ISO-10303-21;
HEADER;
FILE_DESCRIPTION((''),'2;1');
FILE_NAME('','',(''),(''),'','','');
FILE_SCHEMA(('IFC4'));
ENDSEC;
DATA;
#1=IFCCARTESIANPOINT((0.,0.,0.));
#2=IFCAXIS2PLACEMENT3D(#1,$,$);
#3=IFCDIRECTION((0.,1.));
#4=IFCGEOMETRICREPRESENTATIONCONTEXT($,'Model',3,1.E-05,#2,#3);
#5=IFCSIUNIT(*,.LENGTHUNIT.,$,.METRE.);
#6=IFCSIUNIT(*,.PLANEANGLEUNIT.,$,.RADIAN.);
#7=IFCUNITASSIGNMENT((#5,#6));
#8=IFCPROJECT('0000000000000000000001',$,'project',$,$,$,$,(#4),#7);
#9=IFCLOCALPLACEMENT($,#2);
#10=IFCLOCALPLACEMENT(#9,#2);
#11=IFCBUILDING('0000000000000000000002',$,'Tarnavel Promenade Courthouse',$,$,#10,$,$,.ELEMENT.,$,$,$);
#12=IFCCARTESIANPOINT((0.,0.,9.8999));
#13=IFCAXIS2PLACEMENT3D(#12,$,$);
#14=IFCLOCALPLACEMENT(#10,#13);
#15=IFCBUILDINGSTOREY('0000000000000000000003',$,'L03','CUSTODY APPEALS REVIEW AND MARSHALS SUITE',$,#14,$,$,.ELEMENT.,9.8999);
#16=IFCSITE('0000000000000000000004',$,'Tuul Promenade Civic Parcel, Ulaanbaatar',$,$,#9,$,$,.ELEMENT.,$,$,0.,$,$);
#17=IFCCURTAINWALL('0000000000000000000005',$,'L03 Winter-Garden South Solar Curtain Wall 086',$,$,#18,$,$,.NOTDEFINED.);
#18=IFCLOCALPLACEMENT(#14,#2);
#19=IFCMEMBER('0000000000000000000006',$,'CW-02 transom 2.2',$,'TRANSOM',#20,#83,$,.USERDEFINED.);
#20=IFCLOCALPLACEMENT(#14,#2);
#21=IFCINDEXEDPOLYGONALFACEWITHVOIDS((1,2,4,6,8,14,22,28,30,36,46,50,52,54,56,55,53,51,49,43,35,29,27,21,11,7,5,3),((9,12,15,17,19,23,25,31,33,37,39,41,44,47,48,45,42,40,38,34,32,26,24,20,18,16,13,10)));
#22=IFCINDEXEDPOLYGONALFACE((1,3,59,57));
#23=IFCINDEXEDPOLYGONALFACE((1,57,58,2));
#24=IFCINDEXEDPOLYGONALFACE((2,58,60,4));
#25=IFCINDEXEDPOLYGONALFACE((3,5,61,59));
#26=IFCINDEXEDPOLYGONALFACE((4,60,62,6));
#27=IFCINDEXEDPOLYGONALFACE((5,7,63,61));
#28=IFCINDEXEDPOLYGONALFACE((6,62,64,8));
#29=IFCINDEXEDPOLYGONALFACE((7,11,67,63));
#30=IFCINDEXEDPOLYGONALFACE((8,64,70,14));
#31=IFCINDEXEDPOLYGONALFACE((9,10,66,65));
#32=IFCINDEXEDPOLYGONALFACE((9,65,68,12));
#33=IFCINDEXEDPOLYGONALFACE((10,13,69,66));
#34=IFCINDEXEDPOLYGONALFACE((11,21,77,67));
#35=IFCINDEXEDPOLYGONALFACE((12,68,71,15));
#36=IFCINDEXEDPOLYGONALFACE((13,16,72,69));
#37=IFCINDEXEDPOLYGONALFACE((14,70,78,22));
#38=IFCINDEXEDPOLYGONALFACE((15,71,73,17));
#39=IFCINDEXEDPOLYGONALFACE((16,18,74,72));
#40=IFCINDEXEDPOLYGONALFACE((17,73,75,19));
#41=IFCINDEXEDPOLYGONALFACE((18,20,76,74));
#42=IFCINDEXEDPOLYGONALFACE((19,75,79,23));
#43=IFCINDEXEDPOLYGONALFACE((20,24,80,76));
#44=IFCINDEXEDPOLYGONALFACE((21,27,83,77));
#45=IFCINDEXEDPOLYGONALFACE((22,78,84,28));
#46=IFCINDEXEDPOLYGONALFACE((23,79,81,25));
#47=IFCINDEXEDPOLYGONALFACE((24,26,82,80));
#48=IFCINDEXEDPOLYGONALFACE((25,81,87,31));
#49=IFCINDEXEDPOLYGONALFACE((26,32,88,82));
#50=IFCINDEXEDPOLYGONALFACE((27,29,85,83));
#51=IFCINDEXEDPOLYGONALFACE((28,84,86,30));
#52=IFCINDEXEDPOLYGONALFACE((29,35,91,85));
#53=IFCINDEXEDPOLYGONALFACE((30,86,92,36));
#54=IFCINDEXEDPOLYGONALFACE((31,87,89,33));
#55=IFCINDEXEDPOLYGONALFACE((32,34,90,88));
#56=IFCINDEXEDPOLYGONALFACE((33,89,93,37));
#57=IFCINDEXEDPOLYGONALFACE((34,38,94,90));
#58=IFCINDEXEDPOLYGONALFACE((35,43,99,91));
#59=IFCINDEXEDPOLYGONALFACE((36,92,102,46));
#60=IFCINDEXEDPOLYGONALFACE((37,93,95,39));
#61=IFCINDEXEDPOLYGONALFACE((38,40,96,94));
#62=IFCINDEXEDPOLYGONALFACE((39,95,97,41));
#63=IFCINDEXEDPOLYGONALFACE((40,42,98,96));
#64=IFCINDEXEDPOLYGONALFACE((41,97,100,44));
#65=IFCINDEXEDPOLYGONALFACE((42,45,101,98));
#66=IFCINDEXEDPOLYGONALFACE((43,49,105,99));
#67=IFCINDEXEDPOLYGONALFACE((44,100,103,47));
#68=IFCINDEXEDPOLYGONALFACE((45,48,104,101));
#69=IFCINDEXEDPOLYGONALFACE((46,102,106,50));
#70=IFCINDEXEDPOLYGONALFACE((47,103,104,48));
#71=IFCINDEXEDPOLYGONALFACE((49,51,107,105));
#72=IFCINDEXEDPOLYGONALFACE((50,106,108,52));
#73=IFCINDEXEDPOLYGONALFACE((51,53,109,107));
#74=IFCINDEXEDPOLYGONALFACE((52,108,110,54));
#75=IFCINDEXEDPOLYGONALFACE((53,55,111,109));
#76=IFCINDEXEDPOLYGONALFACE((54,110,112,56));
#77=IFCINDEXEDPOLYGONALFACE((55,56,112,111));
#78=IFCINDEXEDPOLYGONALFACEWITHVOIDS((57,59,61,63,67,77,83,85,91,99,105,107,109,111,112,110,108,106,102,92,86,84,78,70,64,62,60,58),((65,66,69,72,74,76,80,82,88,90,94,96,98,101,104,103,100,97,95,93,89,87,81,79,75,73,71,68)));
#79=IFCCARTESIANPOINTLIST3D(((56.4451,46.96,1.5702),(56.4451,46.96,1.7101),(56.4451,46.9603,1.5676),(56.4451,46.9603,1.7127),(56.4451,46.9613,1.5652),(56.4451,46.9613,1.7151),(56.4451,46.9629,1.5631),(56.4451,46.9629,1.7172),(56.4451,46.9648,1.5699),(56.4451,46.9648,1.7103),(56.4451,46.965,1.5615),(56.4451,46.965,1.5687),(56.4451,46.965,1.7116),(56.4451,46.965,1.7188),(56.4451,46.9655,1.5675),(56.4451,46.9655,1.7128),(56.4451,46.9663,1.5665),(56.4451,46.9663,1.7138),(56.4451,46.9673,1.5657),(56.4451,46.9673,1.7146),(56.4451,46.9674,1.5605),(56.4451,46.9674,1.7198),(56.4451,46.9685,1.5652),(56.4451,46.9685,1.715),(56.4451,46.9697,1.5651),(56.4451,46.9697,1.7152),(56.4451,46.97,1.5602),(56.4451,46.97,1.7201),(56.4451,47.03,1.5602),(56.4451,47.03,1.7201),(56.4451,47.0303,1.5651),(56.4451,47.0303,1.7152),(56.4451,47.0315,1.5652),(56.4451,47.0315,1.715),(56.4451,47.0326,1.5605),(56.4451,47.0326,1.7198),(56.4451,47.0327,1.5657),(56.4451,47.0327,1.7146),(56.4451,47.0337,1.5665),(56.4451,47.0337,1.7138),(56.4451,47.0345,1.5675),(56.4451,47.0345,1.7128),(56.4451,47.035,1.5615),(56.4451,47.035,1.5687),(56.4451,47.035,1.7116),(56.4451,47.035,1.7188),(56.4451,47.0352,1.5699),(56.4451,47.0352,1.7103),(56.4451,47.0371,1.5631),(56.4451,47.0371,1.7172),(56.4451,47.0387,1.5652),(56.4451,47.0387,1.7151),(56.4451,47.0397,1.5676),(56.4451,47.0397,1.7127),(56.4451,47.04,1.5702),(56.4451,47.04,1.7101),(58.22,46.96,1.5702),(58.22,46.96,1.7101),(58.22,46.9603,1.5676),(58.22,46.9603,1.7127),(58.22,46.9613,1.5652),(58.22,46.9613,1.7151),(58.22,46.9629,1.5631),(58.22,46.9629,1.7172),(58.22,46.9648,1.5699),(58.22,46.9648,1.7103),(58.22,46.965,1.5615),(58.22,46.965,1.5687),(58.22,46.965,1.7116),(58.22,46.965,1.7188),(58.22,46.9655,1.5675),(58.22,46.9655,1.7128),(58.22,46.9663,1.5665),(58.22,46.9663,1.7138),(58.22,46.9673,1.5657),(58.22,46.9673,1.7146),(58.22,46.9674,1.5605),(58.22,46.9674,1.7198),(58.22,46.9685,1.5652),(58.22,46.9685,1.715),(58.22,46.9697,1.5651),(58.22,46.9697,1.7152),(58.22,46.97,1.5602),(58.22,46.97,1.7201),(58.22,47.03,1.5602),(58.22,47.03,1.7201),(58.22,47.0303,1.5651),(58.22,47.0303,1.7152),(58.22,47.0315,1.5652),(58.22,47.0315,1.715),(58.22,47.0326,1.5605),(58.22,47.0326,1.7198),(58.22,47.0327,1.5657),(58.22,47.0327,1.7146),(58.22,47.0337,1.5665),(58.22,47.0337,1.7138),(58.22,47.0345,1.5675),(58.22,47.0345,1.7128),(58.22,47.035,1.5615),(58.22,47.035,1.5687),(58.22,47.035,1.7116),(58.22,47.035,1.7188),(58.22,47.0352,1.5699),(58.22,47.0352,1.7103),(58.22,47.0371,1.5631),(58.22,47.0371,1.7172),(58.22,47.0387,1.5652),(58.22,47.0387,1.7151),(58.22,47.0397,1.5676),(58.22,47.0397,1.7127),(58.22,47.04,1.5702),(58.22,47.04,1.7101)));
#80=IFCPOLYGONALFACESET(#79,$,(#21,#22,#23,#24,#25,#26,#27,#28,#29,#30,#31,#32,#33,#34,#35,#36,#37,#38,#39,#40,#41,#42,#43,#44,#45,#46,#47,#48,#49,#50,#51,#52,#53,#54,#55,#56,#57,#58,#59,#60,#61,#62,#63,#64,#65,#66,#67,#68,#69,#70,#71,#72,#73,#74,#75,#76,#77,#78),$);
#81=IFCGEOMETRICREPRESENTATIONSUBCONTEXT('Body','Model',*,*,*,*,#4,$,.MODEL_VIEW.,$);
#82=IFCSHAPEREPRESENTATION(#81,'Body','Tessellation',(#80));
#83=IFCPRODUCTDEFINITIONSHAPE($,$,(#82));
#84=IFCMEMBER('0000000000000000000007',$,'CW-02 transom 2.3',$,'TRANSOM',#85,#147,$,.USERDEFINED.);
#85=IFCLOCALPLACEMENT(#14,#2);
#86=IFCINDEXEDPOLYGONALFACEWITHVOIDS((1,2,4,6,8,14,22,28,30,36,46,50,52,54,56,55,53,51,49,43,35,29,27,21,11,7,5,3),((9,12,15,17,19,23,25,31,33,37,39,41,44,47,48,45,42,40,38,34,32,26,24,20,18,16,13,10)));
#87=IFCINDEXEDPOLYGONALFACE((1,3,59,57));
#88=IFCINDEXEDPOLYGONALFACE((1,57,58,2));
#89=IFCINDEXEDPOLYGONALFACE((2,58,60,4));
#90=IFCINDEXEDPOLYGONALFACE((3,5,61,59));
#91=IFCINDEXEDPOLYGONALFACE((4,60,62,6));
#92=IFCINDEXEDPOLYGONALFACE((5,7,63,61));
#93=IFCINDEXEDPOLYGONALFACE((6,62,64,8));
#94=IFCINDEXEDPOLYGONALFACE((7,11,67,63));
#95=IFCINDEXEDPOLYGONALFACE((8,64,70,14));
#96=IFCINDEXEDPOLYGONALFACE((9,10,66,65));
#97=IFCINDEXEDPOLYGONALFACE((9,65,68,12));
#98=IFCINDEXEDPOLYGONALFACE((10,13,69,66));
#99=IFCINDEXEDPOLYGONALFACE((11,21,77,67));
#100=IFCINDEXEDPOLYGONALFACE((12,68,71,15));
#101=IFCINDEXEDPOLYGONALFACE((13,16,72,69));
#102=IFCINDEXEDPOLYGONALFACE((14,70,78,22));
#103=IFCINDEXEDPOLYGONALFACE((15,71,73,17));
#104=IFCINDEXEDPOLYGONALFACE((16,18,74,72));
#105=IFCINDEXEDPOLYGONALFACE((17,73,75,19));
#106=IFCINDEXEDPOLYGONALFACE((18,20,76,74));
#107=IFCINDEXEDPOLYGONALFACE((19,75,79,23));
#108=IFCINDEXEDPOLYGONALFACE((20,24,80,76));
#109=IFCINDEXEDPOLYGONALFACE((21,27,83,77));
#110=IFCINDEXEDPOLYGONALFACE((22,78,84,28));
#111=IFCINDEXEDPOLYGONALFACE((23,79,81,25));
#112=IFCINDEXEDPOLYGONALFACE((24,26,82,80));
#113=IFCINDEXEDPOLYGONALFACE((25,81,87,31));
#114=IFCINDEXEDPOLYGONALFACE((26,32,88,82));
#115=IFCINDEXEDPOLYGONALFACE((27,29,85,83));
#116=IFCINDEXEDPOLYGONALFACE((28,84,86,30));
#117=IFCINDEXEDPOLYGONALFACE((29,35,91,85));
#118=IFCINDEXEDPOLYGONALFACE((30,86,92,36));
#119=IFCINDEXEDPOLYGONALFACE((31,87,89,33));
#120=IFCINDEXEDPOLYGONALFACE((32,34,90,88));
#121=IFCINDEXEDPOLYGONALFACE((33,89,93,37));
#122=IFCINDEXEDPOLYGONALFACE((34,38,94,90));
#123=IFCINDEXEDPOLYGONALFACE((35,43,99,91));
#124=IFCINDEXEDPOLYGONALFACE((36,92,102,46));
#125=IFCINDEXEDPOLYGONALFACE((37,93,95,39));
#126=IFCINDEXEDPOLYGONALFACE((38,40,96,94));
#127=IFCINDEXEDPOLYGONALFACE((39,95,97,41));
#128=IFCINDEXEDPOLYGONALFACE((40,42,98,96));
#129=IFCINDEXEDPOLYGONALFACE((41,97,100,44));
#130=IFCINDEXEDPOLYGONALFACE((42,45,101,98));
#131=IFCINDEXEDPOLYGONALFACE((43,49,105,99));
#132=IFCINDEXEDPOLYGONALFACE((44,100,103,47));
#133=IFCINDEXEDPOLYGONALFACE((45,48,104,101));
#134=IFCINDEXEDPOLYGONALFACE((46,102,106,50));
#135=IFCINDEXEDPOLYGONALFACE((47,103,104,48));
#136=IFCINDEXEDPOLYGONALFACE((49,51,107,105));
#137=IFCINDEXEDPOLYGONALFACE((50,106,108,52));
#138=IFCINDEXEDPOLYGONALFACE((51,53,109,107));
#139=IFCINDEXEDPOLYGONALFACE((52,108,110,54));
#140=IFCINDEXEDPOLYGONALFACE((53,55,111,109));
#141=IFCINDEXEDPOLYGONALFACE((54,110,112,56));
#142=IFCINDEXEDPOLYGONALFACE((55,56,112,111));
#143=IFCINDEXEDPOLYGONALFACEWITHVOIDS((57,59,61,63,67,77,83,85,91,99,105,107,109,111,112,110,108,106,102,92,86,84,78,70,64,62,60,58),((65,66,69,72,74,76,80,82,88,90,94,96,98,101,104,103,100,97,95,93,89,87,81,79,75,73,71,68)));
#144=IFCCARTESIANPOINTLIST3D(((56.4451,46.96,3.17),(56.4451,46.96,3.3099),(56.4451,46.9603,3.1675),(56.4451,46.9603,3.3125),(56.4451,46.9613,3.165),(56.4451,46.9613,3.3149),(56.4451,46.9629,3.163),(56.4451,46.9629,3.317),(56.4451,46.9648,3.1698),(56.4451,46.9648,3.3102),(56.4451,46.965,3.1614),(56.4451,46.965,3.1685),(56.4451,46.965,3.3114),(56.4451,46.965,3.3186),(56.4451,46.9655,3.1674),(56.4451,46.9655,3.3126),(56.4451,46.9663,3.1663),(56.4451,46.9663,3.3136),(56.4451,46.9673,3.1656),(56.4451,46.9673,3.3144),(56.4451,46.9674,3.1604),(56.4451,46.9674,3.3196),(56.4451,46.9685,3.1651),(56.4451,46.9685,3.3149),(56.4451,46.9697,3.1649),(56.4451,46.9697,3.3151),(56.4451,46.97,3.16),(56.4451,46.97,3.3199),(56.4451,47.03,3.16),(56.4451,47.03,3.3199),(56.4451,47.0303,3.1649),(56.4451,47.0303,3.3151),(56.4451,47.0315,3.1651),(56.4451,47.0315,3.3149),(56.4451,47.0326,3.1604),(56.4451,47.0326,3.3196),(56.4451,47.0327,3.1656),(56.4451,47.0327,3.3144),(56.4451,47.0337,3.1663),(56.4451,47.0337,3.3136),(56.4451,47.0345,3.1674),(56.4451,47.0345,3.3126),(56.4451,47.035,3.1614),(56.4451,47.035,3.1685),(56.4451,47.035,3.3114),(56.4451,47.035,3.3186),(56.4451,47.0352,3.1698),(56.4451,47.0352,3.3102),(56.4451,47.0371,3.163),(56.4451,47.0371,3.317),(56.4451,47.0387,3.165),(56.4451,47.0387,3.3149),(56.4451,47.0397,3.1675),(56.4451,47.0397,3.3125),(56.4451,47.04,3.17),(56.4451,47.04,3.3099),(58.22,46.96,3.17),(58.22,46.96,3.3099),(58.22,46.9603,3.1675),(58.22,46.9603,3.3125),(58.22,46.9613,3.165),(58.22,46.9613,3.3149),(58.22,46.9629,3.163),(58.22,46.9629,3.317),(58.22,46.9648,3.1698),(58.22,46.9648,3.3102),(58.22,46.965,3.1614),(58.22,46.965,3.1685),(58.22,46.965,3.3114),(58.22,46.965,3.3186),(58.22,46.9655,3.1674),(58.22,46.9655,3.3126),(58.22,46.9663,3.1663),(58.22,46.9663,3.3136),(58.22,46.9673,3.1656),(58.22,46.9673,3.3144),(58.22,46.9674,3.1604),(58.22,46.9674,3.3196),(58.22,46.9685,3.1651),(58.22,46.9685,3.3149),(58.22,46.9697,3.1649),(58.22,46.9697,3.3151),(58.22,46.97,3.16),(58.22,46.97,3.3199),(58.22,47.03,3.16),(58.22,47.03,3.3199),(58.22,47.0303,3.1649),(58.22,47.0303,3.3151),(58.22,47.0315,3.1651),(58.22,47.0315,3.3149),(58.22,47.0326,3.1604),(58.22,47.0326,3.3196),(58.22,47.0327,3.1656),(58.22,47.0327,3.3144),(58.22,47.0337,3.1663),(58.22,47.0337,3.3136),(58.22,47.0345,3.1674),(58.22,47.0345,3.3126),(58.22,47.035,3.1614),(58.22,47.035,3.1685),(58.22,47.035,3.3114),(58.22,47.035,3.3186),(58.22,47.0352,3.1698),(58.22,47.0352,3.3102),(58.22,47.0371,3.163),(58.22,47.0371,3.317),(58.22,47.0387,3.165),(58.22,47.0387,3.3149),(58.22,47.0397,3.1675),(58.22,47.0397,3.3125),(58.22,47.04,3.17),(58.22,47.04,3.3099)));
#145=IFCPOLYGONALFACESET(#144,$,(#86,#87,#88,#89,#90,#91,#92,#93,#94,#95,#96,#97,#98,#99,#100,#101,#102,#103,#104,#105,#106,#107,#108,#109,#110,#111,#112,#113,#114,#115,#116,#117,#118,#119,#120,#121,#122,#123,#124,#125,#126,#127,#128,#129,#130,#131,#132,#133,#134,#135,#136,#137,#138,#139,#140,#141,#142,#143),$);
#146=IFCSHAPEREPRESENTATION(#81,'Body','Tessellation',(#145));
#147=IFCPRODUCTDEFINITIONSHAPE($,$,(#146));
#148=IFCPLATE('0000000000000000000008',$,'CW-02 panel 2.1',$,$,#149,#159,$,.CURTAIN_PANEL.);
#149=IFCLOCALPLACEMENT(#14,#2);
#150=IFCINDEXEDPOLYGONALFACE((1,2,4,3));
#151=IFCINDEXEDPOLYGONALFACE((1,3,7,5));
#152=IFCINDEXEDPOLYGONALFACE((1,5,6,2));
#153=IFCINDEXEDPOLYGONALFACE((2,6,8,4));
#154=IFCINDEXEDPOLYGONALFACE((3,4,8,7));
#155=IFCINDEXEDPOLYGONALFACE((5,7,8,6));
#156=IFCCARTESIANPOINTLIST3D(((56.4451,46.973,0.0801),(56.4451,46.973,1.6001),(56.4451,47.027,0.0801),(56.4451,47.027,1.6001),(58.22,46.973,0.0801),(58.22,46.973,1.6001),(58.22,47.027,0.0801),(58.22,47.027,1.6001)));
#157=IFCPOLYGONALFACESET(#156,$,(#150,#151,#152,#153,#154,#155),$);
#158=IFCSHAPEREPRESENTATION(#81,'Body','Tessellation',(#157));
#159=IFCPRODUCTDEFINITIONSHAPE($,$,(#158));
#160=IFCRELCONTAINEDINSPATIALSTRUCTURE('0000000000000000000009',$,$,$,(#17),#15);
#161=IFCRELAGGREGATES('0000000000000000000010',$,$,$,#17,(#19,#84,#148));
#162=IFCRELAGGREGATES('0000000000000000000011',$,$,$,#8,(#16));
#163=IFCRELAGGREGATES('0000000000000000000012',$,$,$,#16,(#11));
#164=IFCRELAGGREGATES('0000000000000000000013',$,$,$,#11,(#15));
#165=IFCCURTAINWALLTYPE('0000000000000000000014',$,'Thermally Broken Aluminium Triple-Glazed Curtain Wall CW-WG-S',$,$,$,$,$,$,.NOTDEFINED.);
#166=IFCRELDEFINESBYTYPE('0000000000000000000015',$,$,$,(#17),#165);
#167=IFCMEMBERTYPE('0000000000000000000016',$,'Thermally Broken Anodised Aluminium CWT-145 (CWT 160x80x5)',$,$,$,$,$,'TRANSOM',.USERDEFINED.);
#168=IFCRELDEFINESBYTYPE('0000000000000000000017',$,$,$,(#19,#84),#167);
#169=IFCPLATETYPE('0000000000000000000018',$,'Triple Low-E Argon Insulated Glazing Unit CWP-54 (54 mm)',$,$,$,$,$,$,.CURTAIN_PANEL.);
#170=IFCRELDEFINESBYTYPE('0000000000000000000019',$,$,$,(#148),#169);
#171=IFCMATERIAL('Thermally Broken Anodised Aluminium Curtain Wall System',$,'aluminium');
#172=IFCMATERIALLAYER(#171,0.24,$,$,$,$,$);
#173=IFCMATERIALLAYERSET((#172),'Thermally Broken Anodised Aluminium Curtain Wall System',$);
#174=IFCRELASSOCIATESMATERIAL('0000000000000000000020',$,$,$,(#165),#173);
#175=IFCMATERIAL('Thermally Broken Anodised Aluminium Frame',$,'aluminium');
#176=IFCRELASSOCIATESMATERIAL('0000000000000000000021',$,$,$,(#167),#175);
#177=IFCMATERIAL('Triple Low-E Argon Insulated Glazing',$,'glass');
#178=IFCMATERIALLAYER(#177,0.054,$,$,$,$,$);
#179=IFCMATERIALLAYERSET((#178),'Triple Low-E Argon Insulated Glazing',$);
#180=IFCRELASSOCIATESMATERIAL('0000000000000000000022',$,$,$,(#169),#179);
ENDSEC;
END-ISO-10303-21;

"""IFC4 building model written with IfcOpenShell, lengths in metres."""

from ifc_helpers import new_model, si_unit, direction, frame, origin, origin_2d, place, context, subcontext, project, spatial, rectangle, hollow_rectangle, extrude, material, layer, layer_set, material_profile, profile_set, type_object, element, aggregate, save


model = new_model("IFC4")

# Units and contexts
model_context = context("Model", 3, precision=1e-05, world=origin(), true_north=direction((0.0, 1.0)))
body_context = subcontext(model_context, "Body", "Model", "MODEL_VIEW")
ifc_project = project(units=[si_unit("LENGTHUNIT", "METRE"), si_unit("PLANEANGLEUNIT", "RADIAN")], contexts=[model_context])

# Site, building, storey
site_placement = place(None, origin())
site = spatial("IfcSite", under=ifc_project, at=site_placement, Name="Tuul Promenade Civic Parcel, Ulaanbaatar", CompositionType="ELEMENT", RefElevation=0.0)
building_placement = place(site_placement, origin())
building = spatial("IfcBuilding", under=site, at=building_placement, Name="Tarnavel Promenade Courthouse", CompositionType="ELEMENT")
storey_placement = place(building_placement, frame((0.0, 0.0, 9.8999)))
storey = spatial("IfcBuildingStorey", under=building, at=storey_placement, Name="L03", Description="CUSTODY APPEALS REVIEW AND MARSHALS SUITE", CompositionType="ELEMENT", Elevation=9.8999)

# Curtain wall, members, plate
ifc_material_1 = material(Name="Thermally Broken Anodised Aluminium Curtain Wall System", Category="aluminium")
ifc_layer_1 = layer(ifc_material_1, 0.24)
ifc_layer_set_1 = layer_set([ifc_layer_1], Name="Thermally Broken Anodised Aluminium Curtain Wall System")
curtain_wall_type = type_object("IfcCurtainWallType", Name="Thermally Broken Aluminium Triple-Glazed Curtain Wall CW-WG-S", PredefinedType="NOTDEFINED", material=ifc_layer_set_1)
curtain_wall_placement = place(storey_placement, origin())
curtain_wall = element("IfcCurtainWall", 1, at=curtain_wall_placement, inside=storey, type_object=curtain_wall_type, Name="L03 Winter-Garden South Solar Curtain Wall 086", PredefinedType="NOTDEFINED")
ifc_material_2 = material(Name="Thermally Broken Anodised Aluminium Frame", Category="aluminium")
ifc_material_profile_1 = material_profile(ifc_material_2, hollow_rectangle(XDim=0.0801, YDim=0.1599, WallThickness=0.0049, InnerFilletRadius=0.0049, OuterFilletRadius=0.01, at=origin_2d()), Name="CWT 160x80x5")
ifc_profile_set_1 = profile_set([ifc_material_profile_1], Name="Thermally Broken Anodised Aluminium Frame")
member_type_1 = type_object("IfcMemberType", Name="Thermally Broken Anodised Aluminium CWT-145 (CWT 160x80x5)", ElementType="TRANSOM", PredefinedType="USERDEFINED", material=ifc_profile_set_1)
member_1_placement = place(storey_placement, frame((56.4451, 47.0, 1.6401), z_axis=(1.0, 0.0, 0.0), x_axis=(0.0, 1.0, 0.0)))
member_1 = element("IfcMember", 2, at=member_1_placement, type_object=member_type_1, Name="CW-02 transom 2.2", ObjectType="TRANSOM", PredefinedType="USERDEFINED", context=body_context, shape_type="SweptSolid", body=[
    extrude(hollow_rectangle(XDim=0.0801, YDim=0.1599, WallThickness=0.0049, InnerFilletRadius=0.0049, OuterFilletRadius=0.01, at=origin_2d()), origin(), (0.0, 0.0, 1.0), 1.7749),
])
member_2_placement = place(storey_placement, frame((56.4451, 47.0, 3.24), z_axis=(1.0, 0.0, 0.0), x_axis=(0.0, 1.0, 0.0)))
member_2 = element("IfcMember", 3, at=member_2_placement, type_object=member_type_1, Name="CW-02 transom 2.3", ObjectType="TRANSOM", PredefinedType="USERDEFINED", context=body_context, shape_type="SweptSolid", body=[
    extrude(hollow_rectangle(XDim=0.0801, YDim=0.1599, WallThickness=0.0049, InnerFilletRadius=0.0049, OuterFilletRadius=0.01, at=origin_2d()), origin(), (0.0, 0.0, 1.0), 1.7749),
])
ifc_material_3 = material(Name="Triple Low-E Argon Insulated Glazing", Category="glass")
ifc_layer_2 = layer(ifc_material_3, 0.054)
ifc_layer_set_2 = layer_set([ifc_layer_2], Name="Triple Low-E Argon Insulated Glazing")
plate_type = type_object("IfcPlateType", Name="Triple Low-E Argon Insulated Glazing Unit CWP-54 (54 mm)", PredefinedType="CURTAIN_PANEL", material=ifc_layer_set_2)
plate_placement = place(storey_placement, frame((57.3325, 47.0, 0.0801), z_axis=(0.0, 0.0, 1.0), x_axis=(1.0, 0.0, 0.0)))
plate = element("IfcPlate", 4, at=plate_placement, type_object=plate_type, Name="CW-02 panel 2.1", PredefinedType="CURTAIN_PANEL", context=body_context, shape_type="SweptSolid", body=[
    extrude(rectangle(XDim=1.7749, YDim=0.054, at=origin_2d()), origin(), (0.0, 0.0, 1.0), 1.52),
])
aggregate(curtain_wall, [member_1, member_2, plate])

save(model, "model.ifc")
